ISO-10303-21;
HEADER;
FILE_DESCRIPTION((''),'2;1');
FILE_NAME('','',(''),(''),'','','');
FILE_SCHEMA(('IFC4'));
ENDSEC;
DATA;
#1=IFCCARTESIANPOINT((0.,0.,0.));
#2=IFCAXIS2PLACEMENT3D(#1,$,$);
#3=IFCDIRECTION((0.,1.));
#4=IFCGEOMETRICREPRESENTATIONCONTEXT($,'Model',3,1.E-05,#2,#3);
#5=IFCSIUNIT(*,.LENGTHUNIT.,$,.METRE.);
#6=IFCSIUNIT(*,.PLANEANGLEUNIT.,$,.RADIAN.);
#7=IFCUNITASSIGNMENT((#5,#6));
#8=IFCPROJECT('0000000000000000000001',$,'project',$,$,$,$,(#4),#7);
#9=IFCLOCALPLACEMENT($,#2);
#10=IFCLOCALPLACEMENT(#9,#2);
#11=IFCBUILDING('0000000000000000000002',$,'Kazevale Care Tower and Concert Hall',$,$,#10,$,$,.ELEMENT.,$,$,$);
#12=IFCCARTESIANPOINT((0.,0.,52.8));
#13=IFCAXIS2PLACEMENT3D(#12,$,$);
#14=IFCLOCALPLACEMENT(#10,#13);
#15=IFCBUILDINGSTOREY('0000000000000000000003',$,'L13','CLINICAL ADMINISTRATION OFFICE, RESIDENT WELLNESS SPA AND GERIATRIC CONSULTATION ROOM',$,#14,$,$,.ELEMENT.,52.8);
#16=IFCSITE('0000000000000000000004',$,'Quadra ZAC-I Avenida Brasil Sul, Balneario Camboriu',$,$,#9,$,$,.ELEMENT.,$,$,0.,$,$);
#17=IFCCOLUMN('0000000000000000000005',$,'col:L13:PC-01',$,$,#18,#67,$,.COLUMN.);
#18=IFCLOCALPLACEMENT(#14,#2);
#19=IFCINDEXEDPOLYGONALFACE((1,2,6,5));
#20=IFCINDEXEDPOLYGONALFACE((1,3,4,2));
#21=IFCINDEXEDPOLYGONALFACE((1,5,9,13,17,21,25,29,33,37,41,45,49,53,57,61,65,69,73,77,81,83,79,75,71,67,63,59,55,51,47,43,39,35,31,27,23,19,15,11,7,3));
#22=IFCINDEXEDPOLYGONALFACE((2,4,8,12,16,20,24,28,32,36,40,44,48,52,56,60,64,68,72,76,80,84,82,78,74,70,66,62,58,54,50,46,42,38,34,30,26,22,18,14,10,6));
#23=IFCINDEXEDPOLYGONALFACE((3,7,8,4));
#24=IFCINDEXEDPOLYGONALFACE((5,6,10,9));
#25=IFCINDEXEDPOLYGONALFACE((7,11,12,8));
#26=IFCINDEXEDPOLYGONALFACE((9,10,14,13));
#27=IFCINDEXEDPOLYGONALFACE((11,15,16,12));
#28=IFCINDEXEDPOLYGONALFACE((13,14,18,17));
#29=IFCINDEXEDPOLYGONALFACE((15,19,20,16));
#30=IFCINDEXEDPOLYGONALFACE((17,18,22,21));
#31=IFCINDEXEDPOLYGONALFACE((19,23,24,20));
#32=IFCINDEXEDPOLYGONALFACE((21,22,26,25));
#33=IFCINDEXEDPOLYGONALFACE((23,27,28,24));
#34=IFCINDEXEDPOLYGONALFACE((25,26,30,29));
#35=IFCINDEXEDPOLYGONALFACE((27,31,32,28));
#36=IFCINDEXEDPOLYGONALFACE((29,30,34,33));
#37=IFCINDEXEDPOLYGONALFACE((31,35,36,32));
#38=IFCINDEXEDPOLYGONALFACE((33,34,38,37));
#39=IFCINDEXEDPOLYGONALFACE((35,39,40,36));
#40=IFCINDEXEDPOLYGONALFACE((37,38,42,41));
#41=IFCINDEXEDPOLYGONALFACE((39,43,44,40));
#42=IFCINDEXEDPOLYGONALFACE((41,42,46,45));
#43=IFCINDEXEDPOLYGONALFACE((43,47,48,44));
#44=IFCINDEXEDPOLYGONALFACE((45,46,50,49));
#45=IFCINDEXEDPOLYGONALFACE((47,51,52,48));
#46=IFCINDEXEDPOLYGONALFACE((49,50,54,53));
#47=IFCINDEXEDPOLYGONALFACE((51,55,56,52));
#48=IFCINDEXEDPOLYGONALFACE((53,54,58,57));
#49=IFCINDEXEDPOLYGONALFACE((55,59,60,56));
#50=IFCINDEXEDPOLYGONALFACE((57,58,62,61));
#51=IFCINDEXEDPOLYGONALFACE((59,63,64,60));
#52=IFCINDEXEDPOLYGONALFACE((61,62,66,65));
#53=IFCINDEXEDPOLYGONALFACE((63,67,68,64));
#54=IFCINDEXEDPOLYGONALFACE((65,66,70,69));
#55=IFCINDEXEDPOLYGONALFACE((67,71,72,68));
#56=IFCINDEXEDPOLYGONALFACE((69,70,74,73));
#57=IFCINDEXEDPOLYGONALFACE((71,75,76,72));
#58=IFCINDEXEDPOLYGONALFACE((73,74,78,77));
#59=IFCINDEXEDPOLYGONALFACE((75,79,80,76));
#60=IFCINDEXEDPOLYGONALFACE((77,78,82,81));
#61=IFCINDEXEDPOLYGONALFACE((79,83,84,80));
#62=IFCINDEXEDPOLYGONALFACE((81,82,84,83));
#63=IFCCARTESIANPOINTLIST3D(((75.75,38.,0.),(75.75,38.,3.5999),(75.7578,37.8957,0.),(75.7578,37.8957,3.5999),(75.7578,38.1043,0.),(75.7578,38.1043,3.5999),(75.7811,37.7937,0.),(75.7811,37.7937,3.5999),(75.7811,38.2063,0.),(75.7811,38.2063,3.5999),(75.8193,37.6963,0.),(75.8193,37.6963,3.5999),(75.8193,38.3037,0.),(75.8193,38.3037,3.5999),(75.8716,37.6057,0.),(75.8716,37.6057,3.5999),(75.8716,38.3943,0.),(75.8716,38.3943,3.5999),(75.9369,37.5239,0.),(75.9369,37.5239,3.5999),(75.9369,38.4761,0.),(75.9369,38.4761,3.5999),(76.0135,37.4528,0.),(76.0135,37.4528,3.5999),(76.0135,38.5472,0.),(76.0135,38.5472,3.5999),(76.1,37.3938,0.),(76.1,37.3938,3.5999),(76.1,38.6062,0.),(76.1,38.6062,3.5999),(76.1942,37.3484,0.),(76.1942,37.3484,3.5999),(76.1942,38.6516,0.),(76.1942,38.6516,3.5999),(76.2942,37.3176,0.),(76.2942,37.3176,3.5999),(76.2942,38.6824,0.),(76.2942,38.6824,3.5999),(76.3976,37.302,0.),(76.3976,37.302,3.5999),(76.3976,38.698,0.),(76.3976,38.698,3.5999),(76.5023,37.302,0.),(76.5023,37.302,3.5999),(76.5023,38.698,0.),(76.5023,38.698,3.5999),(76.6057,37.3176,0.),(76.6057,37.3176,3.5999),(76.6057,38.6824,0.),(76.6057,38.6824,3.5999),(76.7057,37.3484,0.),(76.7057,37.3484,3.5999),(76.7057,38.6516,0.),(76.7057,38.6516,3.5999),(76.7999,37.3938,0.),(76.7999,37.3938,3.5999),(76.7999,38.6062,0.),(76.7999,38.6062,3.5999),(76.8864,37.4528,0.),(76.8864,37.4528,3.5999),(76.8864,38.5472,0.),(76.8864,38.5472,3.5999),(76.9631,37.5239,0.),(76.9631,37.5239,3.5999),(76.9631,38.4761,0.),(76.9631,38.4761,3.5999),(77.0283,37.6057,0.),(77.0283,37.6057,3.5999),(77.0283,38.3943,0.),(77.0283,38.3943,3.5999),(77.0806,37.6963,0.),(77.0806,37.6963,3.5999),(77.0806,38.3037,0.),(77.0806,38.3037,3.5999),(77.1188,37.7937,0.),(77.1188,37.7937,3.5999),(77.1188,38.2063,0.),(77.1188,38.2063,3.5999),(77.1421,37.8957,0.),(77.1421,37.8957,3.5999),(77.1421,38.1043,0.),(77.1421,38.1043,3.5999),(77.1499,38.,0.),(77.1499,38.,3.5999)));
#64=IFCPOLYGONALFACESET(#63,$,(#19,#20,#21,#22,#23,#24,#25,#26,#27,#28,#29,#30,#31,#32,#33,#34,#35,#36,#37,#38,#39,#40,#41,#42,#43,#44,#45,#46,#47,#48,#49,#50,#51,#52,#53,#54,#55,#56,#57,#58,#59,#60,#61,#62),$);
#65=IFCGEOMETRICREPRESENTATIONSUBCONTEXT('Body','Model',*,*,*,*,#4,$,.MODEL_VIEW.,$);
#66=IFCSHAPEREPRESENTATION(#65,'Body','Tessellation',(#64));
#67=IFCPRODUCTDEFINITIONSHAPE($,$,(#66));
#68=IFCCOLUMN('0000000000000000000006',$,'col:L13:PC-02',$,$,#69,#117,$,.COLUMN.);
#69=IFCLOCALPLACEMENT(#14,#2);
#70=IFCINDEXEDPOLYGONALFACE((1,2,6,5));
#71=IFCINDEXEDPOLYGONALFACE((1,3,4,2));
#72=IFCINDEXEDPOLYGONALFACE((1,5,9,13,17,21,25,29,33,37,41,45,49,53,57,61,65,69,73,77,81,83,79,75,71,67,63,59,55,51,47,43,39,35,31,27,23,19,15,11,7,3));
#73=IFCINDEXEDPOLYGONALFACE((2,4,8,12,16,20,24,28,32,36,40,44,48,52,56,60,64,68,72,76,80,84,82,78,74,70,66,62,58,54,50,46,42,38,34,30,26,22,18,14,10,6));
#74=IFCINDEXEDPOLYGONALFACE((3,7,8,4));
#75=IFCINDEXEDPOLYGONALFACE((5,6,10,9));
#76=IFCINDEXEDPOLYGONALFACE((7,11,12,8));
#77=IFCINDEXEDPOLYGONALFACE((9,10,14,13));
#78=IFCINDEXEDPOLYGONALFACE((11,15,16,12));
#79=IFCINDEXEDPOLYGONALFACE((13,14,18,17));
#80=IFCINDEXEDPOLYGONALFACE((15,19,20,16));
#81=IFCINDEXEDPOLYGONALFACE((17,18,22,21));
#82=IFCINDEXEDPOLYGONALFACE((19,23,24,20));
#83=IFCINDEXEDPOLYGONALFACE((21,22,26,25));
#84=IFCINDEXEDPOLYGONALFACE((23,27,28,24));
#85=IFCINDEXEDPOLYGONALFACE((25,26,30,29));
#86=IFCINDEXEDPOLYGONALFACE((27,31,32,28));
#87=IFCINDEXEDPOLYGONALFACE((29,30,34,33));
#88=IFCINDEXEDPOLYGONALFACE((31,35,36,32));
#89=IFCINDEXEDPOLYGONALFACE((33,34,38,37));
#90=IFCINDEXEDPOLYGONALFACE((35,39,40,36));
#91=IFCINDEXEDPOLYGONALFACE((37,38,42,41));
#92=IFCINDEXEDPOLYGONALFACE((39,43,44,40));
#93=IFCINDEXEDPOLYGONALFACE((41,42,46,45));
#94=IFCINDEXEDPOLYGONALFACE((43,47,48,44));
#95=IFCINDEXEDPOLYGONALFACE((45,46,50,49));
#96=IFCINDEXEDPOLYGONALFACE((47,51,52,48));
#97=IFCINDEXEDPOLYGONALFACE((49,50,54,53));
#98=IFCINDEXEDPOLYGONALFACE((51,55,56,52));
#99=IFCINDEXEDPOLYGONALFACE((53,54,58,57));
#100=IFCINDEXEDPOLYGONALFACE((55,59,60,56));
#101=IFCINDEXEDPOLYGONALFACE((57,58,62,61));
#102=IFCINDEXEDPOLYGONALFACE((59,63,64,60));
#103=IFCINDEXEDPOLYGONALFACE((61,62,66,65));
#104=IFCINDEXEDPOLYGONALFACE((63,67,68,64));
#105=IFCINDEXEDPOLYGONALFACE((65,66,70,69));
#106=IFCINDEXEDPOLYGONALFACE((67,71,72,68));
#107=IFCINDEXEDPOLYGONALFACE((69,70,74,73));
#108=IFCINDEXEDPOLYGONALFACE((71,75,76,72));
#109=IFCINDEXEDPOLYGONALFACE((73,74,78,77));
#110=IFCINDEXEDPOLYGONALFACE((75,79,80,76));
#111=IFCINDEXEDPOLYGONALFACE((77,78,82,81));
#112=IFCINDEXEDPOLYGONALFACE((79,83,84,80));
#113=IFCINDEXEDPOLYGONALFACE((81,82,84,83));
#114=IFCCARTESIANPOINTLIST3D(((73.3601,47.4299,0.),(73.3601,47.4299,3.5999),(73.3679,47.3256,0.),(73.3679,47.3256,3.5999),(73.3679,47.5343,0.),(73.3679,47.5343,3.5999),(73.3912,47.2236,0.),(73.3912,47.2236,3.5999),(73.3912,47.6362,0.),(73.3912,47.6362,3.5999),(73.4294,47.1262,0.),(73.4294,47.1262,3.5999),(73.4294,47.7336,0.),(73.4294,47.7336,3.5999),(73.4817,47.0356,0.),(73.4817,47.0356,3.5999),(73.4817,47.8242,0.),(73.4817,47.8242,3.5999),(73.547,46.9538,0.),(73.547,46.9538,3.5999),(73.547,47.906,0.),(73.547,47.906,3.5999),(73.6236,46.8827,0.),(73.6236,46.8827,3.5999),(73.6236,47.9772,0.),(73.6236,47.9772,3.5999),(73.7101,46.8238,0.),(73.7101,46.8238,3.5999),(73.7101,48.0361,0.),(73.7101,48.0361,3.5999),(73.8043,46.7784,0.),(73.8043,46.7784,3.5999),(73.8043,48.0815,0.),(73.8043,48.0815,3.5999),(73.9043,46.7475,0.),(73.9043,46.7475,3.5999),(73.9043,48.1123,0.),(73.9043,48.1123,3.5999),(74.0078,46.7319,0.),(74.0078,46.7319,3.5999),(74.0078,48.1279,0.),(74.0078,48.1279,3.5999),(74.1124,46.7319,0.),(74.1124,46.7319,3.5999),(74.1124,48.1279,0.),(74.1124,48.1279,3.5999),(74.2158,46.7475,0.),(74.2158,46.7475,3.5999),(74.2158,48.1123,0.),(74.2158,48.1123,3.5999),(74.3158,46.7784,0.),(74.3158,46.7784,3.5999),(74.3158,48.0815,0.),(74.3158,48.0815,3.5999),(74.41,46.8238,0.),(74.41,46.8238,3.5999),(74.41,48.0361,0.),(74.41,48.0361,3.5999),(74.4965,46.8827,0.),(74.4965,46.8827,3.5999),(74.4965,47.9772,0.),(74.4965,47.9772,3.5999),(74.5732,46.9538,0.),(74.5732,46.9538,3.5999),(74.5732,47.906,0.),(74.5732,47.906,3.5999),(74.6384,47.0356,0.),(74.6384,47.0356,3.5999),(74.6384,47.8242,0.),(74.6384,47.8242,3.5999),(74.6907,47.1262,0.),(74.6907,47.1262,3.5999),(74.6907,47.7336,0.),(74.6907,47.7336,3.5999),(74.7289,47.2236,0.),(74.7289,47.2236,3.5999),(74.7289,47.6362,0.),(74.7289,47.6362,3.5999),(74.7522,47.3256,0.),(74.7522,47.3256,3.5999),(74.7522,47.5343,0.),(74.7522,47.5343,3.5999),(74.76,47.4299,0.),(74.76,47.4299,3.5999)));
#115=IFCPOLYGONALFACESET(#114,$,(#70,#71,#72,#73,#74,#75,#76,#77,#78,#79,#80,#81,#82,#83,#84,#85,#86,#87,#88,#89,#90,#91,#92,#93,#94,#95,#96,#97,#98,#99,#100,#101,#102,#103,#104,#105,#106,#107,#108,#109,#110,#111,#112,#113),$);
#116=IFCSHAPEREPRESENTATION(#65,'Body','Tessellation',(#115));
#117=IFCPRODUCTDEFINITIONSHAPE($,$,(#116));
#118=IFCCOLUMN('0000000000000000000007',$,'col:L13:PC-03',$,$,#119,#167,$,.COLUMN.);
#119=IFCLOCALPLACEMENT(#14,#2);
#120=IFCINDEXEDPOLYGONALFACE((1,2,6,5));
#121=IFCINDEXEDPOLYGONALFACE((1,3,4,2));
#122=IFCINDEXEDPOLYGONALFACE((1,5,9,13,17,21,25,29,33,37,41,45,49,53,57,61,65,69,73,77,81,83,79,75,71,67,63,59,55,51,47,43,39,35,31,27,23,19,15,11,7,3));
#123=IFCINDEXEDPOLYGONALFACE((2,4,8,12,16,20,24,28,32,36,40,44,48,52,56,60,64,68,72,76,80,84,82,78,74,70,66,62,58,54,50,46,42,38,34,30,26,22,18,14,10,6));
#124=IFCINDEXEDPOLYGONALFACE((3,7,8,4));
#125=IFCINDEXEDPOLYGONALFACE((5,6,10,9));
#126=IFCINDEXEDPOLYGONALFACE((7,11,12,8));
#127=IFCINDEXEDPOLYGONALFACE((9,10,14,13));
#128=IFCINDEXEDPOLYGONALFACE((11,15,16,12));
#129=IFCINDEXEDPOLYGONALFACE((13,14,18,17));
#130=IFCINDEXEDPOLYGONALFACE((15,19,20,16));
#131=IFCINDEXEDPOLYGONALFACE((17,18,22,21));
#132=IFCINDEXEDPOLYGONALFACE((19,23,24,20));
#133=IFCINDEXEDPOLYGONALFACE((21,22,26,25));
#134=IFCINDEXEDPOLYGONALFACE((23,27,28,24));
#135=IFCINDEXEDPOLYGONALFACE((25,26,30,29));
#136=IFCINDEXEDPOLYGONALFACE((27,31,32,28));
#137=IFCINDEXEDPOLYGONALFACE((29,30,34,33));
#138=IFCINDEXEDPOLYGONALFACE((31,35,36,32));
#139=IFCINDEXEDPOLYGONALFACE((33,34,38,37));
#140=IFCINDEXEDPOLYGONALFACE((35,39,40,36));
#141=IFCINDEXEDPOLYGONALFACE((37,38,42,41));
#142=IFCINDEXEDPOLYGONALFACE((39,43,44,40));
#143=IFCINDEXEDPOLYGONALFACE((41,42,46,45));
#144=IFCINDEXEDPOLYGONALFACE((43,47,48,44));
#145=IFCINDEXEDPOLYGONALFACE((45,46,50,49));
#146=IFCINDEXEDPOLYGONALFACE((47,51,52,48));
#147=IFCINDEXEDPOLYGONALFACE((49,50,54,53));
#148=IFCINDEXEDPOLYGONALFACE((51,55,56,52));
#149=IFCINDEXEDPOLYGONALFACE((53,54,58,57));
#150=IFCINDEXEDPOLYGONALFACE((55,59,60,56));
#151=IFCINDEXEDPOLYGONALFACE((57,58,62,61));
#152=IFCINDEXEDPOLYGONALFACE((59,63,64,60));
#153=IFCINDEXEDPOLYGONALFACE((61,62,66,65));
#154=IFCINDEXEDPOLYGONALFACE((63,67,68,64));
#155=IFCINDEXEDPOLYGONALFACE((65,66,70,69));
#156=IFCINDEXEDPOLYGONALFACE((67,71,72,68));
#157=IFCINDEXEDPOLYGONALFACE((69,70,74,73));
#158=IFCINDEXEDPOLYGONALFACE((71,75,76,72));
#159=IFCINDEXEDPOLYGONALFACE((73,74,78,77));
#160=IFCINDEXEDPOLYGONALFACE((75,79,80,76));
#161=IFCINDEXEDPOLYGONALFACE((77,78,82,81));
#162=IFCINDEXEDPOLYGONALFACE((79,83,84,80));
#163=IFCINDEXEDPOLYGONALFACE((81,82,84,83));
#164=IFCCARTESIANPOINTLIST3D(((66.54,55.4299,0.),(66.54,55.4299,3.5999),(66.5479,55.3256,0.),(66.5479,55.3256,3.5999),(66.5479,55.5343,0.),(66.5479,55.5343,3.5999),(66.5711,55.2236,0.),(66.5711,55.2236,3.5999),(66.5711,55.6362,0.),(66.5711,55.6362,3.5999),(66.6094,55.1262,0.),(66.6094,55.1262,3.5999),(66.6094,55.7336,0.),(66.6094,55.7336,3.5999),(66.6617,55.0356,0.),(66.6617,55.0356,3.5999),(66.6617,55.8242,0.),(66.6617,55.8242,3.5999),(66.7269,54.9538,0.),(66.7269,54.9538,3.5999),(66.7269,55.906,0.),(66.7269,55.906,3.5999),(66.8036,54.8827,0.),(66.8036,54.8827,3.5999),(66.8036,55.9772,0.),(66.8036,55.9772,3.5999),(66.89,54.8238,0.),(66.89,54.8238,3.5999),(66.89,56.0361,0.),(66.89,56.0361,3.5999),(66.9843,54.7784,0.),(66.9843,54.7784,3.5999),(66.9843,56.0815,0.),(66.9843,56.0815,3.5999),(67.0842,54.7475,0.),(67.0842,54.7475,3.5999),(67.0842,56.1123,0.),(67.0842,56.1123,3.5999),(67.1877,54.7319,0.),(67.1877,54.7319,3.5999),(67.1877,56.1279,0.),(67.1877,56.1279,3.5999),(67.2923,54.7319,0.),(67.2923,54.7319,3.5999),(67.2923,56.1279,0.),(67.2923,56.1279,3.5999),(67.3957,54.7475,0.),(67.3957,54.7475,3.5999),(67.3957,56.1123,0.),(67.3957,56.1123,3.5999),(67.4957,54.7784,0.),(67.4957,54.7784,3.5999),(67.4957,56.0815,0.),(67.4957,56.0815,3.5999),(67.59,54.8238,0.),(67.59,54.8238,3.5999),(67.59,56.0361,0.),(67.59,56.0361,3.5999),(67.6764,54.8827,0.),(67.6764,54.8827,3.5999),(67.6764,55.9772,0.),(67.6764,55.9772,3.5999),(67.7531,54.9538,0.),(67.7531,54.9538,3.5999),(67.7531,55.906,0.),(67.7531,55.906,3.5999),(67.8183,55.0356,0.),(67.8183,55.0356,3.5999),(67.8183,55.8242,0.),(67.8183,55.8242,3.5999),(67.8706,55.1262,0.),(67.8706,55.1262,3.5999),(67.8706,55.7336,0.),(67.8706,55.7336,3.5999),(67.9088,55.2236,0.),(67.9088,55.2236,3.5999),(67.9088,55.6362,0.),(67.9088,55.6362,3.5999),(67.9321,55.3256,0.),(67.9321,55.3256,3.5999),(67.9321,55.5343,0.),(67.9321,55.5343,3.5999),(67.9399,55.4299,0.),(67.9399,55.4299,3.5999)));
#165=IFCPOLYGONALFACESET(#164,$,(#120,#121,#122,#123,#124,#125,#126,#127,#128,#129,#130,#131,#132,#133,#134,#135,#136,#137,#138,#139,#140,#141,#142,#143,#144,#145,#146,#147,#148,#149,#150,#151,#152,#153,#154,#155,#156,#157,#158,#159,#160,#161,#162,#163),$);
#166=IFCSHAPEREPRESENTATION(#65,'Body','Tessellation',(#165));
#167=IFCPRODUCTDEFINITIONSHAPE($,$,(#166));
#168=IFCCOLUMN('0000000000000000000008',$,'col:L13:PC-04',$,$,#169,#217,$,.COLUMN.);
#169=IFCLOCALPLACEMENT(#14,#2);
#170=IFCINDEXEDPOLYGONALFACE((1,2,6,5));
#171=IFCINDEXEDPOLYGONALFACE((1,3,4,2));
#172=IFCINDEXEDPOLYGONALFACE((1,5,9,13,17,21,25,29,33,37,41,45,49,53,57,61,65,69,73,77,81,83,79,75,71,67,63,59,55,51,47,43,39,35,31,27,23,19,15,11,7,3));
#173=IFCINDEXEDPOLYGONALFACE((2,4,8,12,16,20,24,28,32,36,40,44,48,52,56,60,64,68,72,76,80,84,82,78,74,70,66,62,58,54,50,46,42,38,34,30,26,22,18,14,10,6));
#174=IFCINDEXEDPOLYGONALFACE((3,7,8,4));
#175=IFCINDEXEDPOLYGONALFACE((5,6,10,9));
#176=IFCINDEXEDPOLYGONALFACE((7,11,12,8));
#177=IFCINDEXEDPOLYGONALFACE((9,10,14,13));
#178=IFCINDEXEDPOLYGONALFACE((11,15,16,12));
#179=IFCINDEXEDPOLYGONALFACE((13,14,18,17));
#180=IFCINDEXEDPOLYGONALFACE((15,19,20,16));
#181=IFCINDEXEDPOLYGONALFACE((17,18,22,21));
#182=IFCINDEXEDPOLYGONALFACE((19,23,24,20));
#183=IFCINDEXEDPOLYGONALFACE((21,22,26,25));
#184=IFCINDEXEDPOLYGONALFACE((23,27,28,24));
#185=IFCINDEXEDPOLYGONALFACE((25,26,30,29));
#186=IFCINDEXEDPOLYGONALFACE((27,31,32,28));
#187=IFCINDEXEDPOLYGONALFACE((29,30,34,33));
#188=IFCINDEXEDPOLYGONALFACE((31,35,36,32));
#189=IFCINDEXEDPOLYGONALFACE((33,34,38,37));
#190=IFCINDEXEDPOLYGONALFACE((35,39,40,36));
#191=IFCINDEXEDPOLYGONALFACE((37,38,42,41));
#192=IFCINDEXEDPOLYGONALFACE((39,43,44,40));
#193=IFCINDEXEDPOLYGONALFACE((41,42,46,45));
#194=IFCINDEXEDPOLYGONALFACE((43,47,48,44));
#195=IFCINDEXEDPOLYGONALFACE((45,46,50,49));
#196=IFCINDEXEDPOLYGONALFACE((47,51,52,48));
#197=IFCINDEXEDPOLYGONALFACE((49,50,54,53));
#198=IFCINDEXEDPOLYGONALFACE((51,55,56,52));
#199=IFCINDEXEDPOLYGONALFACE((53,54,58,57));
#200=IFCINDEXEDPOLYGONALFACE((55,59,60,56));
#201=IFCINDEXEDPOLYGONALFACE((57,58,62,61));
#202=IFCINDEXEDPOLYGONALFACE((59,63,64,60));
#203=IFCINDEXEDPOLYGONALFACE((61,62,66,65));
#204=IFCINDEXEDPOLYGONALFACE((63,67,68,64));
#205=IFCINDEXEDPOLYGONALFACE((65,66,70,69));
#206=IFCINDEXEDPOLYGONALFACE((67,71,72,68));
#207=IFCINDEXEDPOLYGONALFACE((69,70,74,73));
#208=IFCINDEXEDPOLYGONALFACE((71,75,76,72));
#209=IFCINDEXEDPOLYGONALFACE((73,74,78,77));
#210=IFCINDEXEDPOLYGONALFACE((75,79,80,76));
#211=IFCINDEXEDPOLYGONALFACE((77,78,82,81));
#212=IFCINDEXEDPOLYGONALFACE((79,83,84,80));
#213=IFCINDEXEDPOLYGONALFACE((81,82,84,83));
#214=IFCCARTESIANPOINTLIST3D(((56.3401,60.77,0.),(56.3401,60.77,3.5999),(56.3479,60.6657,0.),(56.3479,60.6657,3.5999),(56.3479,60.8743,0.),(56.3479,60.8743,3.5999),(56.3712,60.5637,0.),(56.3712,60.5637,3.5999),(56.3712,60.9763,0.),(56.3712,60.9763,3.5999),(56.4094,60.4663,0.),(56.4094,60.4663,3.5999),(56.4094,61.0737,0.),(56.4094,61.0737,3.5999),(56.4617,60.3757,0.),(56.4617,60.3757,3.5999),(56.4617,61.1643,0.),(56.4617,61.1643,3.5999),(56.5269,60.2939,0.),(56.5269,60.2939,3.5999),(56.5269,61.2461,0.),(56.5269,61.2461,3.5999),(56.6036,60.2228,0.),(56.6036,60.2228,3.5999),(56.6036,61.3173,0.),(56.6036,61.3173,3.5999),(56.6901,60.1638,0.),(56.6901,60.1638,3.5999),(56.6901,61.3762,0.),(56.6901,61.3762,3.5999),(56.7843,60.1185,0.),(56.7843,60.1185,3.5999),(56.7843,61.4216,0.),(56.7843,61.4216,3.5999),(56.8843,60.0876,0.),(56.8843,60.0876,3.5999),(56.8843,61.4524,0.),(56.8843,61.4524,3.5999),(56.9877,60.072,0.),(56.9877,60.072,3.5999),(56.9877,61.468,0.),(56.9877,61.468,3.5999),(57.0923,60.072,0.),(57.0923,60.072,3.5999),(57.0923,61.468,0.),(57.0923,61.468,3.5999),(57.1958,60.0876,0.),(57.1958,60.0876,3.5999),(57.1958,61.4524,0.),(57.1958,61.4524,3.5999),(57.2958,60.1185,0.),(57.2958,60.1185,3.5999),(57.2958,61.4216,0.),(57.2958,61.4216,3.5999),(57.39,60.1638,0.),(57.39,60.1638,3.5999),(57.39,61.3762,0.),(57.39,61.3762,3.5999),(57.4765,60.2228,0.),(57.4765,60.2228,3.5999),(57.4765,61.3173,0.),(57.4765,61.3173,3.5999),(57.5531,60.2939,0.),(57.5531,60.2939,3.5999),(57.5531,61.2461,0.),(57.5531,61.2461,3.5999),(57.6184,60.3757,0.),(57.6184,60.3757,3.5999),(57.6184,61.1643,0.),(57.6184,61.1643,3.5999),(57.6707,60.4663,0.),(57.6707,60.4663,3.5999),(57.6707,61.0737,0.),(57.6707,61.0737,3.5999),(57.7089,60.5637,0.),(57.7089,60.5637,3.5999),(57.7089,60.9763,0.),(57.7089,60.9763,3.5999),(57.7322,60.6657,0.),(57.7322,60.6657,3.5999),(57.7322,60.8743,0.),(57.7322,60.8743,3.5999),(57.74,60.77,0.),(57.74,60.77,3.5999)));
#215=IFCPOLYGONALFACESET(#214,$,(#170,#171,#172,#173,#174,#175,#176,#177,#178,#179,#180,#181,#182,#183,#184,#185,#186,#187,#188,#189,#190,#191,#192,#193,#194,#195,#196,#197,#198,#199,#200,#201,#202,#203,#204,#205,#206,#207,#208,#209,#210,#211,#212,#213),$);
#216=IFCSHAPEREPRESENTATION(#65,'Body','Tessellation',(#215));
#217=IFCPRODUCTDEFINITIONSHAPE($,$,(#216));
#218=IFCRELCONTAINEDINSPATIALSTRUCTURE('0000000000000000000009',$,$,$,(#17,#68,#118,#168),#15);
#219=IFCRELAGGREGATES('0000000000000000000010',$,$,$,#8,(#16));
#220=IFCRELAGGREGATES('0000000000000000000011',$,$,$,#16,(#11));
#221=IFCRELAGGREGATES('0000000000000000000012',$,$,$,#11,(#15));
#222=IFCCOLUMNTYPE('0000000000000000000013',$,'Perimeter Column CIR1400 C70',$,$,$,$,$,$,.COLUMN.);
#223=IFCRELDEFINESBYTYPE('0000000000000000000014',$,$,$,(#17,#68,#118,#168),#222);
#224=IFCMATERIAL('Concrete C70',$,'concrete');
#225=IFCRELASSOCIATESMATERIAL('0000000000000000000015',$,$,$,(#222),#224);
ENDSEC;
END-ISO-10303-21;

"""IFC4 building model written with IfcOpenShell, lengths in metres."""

from ifc_helpers import new_model, si_unit, direction, frame, origin, origin_2d, place, context, subcontext, project, spatial, circle, extrude, material, material_profile, profile_set, type_object, element, save


model = new_model("IFC4")

# Units and contexts
model_context = context("Model", 3, precision=1e-05, world=origin(), true_north=direction((0.0, 1.0)))
body_context = subcontext(model_context, "Body", "Model", "MODEL_VIEW")
ifc_project = project(units=[si_unit("LENGTHUNIT", "METRE"), si_unit("PLANEANGLEUNIT", "RADIAN")], contexts=[model_context])

# Site, building, storey
site_placement = place(None, origin())
site = spatial("IfcSite", under=ifc_project, at=site_placement, Name="Quadra ZAC-I Avenida Brasil Sul, Balneario Camboriu", CompositionType="ELEMENT", RefElevation=0.0)
building_placement = place(site_placement, origin())
building = spatial("IfcBuilding", under=site, at=building_placement, Name="Kazevale Care Tower and Concert Hall", CompositionType="ELEMENT")
storey_placement = place(building_placement, frame((0.0, 0.0, 52.8)))
storey = spatial("IfcBuildingStorey", under=building, at=storey_placement, Name="L13", Description="CLINICAL ADMINISTRATION OFFICE, RESIDENT WELLNESS SPA AND GERIATRIC CONSULTATION ROOM", CompositionType="ELEMENT", Elevation=52.8)

# Columns
ifc_material_1 = material(Name="Concrete C70", Category="concrete")
ifc_material_profile_1 = material_profile(ifc_material_1, circle(Radius=0.7, at=origin_2d()), Name="RC-CIR1400")
ifc_profile_set_1 = profile_set([ifc_material_profile_1], Name="Concrete C70")
column_type = type_object("IfcColumnType", Name="Perimeter Column CIR1400 C70", PredefinedType="COLUMN", material=ifc_profile_set_1)
for number, where, z_axis, x_axis, name in (
    (1, (76.45, 38.0, 0.0), (0.0, 0.0, 1.0), (1.0, 0.0, 0.0), "col:L13:PC-01"),
    (2, (74.0601, 47.4299, 0.0), (0.0, 0.0, 1.0), (1.0, 0.0, 0.0), "col:L13:PC-02"),
    (3, (67.24, 55.4299, 0.0), (0.0, 0.0, 1.0), (1.0, 0.0, 0.0), "col:L13:PC-03"),
    (4, (57.04, 60.77, 0.0), (0.0, 0.0, 1.0), (1.0, 0.0, 0.0), "col:L13:PC-04"),
):
    element("IfcColumn", number, at=place(storey_placement, frame(where, z_axis=z_axis, x_axis=x_axis)), inside=storey, type_object=column_type, Name=name, PredefinedType="COLUMN", context=body_context, shape_type="SweptSolid", body=[
        extrude(circle(Radius=0.7, at=origin_2d()), origin(), (0.0, 0.0, 1.0), 3.5999),
    ])

save(model, "model.ifc")
